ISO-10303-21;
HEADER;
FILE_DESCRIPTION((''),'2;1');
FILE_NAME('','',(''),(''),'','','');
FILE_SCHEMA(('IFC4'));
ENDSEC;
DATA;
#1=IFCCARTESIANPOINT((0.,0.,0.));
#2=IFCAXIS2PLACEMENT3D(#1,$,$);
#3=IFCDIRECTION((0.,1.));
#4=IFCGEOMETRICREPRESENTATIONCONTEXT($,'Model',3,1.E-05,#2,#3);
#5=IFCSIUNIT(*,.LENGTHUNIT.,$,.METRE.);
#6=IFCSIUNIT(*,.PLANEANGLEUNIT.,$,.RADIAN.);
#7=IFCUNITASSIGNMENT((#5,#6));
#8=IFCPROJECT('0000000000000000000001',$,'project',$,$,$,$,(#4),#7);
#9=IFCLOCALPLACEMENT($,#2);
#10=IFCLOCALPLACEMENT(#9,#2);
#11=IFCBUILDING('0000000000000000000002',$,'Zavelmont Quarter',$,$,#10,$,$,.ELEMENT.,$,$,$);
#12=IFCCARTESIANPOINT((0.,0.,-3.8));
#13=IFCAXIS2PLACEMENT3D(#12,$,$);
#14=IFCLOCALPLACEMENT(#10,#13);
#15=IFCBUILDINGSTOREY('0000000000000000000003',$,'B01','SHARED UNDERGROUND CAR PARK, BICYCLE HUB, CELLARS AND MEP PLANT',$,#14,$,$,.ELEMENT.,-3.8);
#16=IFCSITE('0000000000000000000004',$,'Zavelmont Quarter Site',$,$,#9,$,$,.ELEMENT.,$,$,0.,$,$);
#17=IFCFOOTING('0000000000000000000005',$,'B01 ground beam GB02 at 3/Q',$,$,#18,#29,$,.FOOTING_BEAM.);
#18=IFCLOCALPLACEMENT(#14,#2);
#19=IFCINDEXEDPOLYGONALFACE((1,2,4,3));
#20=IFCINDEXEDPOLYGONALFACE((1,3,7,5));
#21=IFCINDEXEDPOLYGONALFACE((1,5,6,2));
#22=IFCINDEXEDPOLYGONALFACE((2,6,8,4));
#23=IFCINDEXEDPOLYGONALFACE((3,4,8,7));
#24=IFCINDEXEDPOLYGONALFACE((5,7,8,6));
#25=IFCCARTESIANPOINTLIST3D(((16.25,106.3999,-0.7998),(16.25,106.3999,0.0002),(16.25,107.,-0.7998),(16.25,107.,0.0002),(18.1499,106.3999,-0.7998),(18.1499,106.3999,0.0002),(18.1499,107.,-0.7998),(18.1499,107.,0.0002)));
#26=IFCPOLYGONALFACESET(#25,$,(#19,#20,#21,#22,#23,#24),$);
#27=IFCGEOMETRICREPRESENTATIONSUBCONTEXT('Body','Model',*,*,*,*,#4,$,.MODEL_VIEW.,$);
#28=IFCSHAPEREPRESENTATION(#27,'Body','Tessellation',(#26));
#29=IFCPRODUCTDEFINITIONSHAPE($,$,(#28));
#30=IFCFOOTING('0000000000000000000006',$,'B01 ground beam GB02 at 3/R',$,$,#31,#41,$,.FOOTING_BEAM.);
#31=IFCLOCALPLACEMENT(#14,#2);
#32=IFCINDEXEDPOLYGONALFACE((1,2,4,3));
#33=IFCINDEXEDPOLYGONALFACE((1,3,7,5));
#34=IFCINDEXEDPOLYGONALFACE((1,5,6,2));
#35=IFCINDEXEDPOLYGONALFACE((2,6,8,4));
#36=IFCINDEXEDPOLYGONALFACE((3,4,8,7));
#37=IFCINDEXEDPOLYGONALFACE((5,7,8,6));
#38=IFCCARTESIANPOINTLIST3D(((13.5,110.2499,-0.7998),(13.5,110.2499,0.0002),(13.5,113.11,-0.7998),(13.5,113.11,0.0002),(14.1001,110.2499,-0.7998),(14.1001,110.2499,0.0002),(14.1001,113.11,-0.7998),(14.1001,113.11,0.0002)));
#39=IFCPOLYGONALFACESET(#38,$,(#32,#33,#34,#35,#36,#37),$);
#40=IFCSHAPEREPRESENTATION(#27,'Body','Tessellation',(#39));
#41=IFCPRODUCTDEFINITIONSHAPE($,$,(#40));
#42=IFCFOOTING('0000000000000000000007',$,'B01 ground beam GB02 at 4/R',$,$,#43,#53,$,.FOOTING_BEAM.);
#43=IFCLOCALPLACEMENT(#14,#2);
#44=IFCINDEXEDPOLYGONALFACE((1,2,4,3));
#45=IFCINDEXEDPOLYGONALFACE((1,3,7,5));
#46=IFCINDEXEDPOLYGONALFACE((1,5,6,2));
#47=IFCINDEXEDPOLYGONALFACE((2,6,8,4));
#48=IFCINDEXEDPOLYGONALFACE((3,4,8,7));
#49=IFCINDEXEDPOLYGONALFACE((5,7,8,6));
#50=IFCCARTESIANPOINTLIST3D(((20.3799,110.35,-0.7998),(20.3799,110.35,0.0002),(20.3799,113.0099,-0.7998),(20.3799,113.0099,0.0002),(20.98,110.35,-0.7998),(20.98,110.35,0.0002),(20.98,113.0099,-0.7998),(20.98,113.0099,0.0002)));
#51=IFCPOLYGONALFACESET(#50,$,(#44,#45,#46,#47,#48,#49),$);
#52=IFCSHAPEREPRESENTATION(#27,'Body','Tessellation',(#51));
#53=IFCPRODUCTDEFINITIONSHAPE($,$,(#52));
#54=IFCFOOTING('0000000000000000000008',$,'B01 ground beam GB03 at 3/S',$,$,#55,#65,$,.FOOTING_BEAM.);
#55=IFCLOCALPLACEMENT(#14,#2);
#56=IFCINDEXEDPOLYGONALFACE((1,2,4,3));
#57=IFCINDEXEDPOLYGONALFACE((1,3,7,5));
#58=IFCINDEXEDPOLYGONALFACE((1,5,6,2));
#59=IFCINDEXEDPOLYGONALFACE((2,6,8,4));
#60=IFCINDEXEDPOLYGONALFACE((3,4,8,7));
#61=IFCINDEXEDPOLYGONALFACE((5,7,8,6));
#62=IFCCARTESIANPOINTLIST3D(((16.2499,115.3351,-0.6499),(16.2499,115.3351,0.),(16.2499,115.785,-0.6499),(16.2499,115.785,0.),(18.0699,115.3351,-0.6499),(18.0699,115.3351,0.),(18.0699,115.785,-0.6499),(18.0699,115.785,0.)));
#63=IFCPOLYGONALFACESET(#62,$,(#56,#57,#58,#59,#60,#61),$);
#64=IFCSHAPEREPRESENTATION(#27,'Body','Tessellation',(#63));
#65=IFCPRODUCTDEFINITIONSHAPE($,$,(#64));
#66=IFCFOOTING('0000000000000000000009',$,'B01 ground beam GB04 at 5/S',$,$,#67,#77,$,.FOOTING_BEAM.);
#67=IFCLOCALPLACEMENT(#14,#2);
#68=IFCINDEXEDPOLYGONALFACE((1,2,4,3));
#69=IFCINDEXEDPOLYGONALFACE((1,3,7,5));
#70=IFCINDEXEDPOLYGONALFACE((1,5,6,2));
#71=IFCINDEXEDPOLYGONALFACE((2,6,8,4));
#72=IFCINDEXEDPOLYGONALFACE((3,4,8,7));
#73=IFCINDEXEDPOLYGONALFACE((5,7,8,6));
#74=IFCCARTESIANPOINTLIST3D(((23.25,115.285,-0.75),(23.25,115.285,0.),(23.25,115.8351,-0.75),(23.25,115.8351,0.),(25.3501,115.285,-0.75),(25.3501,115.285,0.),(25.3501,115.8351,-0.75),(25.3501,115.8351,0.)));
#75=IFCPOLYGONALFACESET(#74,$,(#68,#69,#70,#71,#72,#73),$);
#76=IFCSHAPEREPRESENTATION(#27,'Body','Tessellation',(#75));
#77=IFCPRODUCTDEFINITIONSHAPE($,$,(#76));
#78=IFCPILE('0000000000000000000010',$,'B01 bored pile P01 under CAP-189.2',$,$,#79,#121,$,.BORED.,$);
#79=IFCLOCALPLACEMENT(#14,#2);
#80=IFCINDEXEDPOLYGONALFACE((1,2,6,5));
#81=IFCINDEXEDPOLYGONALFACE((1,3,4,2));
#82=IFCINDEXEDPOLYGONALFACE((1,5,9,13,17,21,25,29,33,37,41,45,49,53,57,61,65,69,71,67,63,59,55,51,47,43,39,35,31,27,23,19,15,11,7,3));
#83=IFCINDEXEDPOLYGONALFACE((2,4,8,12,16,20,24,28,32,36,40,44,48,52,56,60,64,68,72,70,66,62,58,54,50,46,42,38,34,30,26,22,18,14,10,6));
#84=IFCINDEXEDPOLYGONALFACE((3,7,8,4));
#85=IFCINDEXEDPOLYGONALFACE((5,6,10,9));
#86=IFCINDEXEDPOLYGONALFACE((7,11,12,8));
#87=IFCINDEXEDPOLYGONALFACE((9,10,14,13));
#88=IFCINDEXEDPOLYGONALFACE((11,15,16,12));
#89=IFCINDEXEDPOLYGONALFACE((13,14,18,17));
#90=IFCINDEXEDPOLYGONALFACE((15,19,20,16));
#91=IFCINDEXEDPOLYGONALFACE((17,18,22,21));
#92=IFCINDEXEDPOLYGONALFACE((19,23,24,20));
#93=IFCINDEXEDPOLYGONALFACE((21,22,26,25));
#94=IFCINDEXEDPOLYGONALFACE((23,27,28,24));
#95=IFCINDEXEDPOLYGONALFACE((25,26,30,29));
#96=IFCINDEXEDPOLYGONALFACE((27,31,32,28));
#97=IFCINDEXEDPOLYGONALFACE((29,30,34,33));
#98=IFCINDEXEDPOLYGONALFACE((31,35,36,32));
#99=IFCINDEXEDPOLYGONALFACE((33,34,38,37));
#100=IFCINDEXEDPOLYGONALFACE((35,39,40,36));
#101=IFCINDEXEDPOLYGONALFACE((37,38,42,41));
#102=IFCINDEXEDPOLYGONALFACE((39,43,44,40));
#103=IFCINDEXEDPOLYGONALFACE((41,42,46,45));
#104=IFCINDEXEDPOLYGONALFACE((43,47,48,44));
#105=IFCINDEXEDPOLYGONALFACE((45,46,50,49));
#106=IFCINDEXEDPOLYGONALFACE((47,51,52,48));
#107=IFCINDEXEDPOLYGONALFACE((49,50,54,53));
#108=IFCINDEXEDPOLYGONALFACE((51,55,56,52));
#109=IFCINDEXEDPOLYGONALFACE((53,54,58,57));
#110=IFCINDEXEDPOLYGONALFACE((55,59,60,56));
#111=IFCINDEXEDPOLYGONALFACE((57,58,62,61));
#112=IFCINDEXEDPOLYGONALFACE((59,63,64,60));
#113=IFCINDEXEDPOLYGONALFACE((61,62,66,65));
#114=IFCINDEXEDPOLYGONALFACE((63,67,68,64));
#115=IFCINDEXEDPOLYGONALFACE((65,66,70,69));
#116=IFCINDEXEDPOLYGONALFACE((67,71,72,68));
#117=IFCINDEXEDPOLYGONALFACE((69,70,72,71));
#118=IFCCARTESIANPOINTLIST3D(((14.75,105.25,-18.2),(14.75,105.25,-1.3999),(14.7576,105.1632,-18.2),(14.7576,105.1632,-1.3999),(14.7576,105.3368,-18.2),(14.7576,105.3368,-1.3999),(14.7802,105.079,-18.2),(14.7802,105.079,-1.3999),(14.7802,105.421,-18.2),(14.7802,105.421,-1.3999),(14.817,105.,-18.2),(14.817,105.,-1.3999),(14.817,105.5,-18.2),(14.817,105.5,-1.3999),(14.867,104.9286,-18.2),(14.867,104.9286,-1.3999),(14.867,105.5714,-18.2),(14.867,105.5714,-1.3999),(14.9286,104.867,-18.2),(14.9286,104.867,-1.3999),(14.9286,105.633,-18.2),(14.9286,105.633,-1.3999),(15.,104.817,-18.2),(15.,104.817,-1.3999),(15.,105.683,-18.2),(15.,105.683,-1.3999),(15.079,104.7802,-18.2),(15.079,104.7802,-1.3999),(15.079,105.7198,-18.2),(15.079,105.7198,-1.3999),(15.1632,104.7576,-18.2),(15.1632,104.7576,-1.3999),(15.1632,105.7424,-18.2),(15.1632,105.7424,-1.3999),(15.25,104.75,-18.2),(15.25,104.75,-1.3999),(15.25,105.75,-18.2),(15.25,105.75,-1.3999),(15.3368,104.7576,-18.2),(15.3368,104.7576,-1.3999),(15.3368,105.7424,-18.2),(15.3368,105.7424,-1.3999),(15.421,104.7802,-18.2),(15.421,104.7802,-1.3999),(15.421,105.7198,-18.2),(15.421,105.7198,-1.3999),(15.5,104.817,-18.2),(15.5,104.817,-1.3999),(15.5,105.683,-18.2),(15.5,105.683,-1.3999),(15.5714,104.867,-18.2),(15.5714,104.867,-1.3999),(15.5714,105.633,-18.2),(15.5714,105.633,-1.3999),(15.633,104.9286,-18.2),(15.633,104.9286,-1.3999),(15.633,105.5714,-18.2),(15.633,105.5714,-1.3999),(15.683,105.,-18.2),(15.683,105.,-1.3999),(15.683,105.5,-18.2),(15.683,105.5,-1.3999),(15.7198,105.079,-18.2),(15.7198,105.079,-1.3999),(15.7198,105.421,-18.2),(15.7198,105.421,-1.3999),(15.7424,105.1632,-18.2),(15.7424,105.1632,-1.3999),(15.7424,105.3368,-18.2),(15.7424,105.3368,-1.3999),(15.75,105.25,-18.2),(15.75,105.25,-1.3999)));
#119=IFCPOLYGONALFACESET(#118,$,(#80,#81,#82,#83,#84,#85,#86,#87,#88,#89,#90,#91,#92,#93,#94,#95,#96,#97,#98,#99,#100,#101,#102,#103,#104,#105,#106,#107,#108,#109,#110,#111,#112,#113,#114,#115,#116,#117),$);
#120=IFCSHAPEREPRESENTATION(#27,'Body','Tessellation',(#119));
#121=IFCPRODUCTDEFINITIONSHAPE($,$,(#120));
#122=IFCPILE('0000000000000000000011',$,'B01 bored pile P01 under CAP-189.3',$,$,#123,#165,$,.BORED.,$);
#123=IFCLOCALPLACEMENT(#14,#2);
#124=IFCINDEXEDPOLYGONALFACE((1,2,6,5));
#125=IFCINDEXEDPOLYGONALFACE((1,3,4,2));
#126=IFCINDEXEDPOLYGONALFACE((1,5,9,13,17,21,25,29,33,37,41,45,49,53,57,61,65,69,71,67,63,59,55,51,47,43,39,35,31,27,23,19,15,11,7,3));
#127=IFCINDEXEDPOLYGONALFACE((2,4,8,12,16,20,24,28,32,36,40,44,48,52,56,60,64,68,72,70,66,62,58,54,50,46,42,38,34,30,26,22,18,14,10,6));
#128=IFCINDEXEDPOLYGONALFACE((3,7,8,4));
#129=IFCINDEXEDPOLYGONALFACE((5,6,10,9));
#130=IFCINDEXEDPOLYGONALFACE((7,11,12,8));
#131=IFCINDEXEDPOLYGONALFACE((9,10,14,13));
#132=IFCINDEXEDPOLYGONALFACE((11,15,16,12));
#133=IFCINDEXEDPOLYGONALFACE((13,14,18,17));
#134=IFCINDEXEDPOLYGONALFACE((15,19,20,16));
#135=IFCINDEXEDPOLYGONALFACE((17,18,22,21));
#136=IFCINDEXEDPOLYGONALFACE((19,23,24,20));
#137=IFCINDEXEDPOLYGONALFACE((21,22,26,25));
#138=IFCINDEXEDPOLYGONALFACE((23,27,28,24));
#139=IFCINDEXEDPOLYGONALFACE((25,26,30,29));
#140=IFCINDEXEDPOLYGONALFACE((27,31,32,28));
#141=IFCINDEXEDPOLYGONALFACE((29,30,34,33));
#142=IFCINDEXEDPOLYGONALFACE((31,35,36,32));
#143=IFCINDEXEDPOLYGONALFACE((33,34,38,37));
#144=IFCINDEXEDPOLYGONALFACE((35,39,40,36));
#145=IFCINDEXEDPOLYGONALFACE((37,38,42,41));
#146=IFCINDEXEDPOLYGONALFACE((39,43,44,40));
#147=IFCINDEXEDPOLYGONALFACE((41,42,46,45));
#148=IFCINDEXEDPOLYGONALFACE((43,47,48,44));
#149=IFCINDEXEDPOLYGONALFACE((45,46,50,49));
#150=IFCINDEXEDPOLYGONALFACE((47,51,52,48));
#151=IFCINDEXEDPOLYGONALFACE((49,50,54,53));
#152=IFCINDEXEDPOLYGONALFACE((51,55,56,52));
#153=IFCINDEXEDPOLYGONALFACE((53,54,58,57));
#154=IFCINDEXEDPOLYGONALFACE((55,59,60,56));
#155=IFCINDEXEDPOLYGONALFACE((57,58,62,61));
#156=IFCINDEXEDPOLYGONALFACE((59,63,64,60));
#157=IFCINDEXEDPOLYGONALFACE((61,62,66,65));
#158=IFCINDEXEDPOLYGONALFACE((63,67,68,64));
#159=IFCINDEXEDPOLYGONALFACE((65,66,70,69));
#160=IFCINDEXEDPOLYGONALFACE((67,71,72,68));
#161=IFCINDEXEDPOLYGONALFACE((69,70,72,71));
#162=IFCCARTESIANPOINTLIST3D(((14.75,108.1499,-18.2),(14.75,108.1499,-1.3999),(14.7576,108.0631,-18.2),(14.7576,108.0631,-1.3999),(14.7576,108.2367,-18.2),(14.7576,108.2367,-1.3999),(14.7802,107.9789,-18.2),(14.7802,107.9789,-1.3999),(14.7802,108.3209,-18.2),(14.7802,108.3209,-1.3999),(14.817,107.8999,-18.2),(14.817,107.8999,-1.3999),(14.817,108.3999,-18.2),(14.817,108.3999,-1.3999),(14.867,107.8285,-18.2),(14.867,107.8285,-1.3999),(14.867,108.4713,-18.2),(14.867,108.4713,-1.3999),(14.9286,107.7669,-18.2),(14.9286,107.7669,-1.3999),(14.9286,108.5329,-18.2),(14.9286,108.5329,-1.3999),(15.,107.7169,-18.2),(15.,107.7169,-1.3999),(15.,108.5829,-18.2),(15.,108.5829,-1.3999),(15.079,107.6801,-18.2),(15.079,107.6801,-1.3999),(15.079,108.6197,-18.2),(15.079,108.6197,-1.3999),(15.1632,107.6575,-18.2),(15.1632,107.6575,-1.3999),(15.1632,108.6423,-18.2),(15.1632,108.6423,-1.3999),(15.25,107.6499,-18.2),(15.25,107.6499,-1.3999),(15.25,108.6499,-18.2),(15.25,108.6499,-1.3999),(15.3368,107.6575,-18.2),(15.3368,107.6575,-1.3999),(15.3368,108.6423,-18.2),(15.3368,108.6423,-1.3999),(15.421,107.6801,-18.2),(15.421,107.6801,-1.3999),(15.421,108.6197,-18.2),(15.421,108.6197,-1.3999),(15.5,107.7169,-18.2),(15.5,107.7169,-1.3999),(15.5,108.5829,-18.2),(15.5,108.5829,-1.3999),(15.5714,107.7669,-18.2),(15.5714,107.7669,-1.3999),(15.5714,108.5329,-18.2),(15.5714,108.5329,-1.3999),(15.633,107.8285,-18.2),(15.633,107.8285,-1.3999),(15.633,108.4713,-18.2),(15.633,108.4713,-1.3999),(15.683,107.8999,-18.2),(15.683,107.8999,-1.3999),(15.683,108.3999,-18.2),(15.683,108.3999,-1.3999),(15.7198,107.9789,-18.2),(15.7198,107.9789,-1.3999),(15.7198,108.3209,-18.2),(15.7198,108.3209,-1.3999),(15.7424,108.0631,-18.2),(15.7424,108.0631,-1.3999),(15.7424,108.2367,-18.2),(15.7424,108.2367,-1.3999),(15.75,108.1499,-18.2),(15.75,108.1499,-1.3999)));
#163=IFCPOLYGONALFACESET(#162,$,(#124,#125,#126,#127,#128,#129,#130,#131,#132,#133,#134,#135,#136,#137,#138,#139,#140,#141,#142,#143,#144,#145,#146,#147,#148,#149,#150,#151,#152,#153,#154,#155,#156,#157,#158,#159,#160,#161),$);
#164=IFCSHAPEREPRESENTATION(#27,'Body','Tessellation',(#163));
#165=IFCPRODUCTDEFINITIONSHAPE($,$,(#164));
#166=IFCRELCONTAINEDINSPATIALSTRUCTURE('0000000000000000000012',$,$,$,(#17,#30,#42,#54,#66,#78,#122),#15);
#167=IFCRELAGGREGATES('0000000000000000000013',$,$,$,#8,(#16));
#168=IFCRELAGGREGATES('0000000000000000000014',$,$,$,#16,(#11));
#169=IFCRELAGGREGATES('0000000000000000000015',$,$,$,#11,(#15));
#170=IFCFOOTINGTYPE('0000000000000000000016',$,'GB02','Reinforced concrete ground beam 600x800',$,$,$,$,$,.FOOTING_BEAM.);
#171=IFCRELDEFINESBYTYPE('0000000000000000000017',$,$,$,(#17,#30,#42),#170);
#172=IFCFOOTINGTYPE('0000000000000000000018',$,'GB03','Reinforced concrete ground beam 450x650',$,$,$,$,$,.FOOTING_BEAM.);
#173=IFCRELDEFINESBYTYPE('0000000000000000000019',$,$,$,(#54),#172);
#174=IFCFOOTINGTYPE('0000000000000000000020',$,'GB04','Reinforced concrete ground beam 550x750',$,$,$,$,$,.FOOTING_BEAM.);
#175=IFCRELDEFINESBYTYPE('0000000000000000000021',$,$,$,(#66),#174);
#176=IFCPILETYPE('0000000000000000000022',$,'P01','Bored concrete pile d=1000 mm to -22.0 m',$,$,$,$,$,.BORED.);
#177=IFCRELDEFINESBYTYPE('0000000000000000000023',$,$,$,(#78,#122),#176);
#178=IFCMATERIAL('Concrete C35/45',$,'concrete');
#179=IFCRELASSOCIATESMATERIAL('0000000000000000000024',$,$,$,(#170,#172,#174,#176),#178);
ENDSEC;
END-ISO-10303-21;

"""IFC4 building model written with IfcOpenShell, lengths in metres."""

from ifc_helpers import new_model, si_unit, direction, frame, origin, origin_2d, place, context, subcontext, project, spatial, rectangle, circle, extrude, material, material_profile, profile_set, type_object, element, save


model = new_model("IFC4")

# Units and contexts
model_context = context("Model", 3, precision=1e-05, world=origin(), true_north=direction((0.0, 1.0)))
body_context = subcontext(model_context, "Body", "Model", "MODEL_VIEW")
ifc_project = project(units=[si_unit("LENGTHUNIT", "METRE"), si_unit("PLANEANGLEUNIT", "RADIAN")], contexts=[model_context])

# Site, building, storey
site_placement = place(None, origin())
site = spatial("IfcSite", under=ifc_project, at=site_placement, Name="Zavelmont Quarter Site", CompositionType="ELEMENT", RefElevation=0.0)
building_placement = place(site_placement, origin())
building = spatial("IfcBuilding", under=site, at=building_placement, Name="Zavelmont Quarter", CompositionType="ELEMENT")
storey_placement = place(building_placement, frame((0.0, 0.0, -3.8)))
storey = spatial("IfcBuildingStorey", under=building, at=storey_placement, Name="B01", Description="SHARED UNDERGROUND CAR PARK, BICYCLE HUB, CELLARS AND MEP PLANT", CompositionType="ELEMENT", Elevation=-3.8)

# Footings
ifc_material_1 = material(Name="Concrete C35/45", Category="concrete")
footing_type_1 = type_object("IfcFootingType", Name="GB02", Description="Reinforced concrete ground beam 600x800", PredefinedType="FOOTING_BEAM", material=ifc_material_1)
footing_1_placement = place(storey_placement, frame((17.2, 106.7, -0.7998), z_axis=(0.0, 0.0, 1.0), x_axis=(1.0, 0.0, 0.0)))
element("IfcFooting", 1, at=footing_1_placement, inside=storey, type_object=footing_type_1, Name="B01 ground beam GB02 at 3/Q", PredefinedType="FOOTING_BEAM", context=body_context, shape_type="SweptSolid", body=[
    extrude(rectangle(XDim=1.8999, YDim=0.6001, at=origin_2d()), origin(), (0.0, 0.0, 1.0), 0.8),
])
footing_2_placement = place(storey_placement, frame((13.8, 111.6799, -0.7998), z_axis=(0.0, 0.0, 1.0), x_axis=(0.0, 1.0, 0.0)))
element("IfcFooting", 2, at=footing_2_placement, inside=storey, type_object=footing_type_1, Name="B01 ground beam GB02 at 3/R", PredefinedType="FOOTING_BEAM", context=body_context, shape_type="SweptSolid", body=[
    extrude(rectangle(XDim=2.8601, YDim=0.6001, at=origin_2d()), origin(), (0.0, 0.0, 1.0), 0.8),
])
footing_3_placement = place(storey_placement, frame((20.6799, 111.6799, -0.7998), z_axis=(0.0, 0.0, 1.0), x_axis=(0.0, 1.0, 0.0)))
element("IfcFooting", 3, at=footing_3_placement, inside=storey, type_object=footing_type_1, Name="B01 ground beam GB02 at 4/R", PredefinedType="FOOTING_BEAM", context=body_context, shape_type="SweptSolid", body=[
    extrude(rectangle(XDim=2.6599, YDim=0.6001, at=origin_2d()), origin(), (0.0, 0.0, 1.0), 0.8),
])
footing_type_2 = type_object("IfcFootingType", Name="GB03", Description="Reinforced concrete ground beam 450x650", PredefinedType="FOOTING_BEAM", material=ifc_material_1)
footing_4_placement = place(storey_placement, frame((17.1599, 115.5601, -0.6499), z_axis=(0.0, 0.0, 1.0), x_axis=(1.0, 0.0, 0.0)))
element("IfcFooting", 4, at=footing_4_placement, inside=storey, type_object=footing_type_2, Name="B01 ground beam GB03 at 3/S", PredefinedType="FOOTING_BEAM", context=body_context, shape_type="SweptSolid", body=[
    extrude(rectangle(XDim=1.8201, YDim=0.45, at=origin_2d()), origin(), (0.0, 0.0, 1.0), 0.6499),
])
footing_type_3 = type_object("IfcFootingType", Name="GB04", Description="Reinforced concrete ground beam 550x750", PredefinedType="FOOTING_BEAM", material=ifc_material_1)
footing_5_placement = place(storey_placement, frame((24.3, 115.5601, -0.75), z_axis=(0.0, 0.0, 1.0), x_axis=(1.0, 0.0, 0.0)))
element("IfcFooting", 5, at=footing_5_placement, inside=storey, type_object=footing_type_3, Name="B01 ground beam GB04 at 5/S", PredefinedType="FOOTING_BEAM", context=body_context, shape_type="SweptSolid", body=[
    extrude(rectangle(XDim=2.1001, YDim=0.55, at=origin_2d()), origin(), (0.0, 0.0, 1.0), 0.75),
])

# Piles
ifc_material_profile_1 = material_profile(ifc_material_1, circle(Radius=0.5, at=origin_2d()), Name="BP1000")
ifc_profile_set_1 = profile_set([ifc_material_profile_1], Name="Concrete C35/45")
pile_type = type_object("IfcPileType", Name="P01", Description="Bored concrete pile d=1000 mm to -22.0 m", PredefinedType="BORED", material=ifc_profile_set_1)
for number, where, z_axis, x_axis, name in (
    (6, (15.25, 105.25, -1.3999), (0.0, 0.0, -1.0), (1.0, 0.0, 0.0), "B01 bored pile P01 under CAP-189.2"),
    (7, (15.25, 108.1499, -1.3999), (0.0, 0.0, -1.0), (1.0, 0.0, 0.0), "B01 bored pile P01 under CAP-189.3"),
):
    element("IfcPile", number, at=place(storey_placement, frame(where, z_axis=z_axis, x_axis=x_axis)), inside=storey, type_object=pile_type, Name=name, PredefinedType="BORED", context=body_context, shape_type="SweptSolid", body=[
        extrude(circle(Radius=0.5, at=origin_2d()), origin(), (0.0, 0.0, 1.0), 16.8),
    ])

save(model, "model.ifc")
